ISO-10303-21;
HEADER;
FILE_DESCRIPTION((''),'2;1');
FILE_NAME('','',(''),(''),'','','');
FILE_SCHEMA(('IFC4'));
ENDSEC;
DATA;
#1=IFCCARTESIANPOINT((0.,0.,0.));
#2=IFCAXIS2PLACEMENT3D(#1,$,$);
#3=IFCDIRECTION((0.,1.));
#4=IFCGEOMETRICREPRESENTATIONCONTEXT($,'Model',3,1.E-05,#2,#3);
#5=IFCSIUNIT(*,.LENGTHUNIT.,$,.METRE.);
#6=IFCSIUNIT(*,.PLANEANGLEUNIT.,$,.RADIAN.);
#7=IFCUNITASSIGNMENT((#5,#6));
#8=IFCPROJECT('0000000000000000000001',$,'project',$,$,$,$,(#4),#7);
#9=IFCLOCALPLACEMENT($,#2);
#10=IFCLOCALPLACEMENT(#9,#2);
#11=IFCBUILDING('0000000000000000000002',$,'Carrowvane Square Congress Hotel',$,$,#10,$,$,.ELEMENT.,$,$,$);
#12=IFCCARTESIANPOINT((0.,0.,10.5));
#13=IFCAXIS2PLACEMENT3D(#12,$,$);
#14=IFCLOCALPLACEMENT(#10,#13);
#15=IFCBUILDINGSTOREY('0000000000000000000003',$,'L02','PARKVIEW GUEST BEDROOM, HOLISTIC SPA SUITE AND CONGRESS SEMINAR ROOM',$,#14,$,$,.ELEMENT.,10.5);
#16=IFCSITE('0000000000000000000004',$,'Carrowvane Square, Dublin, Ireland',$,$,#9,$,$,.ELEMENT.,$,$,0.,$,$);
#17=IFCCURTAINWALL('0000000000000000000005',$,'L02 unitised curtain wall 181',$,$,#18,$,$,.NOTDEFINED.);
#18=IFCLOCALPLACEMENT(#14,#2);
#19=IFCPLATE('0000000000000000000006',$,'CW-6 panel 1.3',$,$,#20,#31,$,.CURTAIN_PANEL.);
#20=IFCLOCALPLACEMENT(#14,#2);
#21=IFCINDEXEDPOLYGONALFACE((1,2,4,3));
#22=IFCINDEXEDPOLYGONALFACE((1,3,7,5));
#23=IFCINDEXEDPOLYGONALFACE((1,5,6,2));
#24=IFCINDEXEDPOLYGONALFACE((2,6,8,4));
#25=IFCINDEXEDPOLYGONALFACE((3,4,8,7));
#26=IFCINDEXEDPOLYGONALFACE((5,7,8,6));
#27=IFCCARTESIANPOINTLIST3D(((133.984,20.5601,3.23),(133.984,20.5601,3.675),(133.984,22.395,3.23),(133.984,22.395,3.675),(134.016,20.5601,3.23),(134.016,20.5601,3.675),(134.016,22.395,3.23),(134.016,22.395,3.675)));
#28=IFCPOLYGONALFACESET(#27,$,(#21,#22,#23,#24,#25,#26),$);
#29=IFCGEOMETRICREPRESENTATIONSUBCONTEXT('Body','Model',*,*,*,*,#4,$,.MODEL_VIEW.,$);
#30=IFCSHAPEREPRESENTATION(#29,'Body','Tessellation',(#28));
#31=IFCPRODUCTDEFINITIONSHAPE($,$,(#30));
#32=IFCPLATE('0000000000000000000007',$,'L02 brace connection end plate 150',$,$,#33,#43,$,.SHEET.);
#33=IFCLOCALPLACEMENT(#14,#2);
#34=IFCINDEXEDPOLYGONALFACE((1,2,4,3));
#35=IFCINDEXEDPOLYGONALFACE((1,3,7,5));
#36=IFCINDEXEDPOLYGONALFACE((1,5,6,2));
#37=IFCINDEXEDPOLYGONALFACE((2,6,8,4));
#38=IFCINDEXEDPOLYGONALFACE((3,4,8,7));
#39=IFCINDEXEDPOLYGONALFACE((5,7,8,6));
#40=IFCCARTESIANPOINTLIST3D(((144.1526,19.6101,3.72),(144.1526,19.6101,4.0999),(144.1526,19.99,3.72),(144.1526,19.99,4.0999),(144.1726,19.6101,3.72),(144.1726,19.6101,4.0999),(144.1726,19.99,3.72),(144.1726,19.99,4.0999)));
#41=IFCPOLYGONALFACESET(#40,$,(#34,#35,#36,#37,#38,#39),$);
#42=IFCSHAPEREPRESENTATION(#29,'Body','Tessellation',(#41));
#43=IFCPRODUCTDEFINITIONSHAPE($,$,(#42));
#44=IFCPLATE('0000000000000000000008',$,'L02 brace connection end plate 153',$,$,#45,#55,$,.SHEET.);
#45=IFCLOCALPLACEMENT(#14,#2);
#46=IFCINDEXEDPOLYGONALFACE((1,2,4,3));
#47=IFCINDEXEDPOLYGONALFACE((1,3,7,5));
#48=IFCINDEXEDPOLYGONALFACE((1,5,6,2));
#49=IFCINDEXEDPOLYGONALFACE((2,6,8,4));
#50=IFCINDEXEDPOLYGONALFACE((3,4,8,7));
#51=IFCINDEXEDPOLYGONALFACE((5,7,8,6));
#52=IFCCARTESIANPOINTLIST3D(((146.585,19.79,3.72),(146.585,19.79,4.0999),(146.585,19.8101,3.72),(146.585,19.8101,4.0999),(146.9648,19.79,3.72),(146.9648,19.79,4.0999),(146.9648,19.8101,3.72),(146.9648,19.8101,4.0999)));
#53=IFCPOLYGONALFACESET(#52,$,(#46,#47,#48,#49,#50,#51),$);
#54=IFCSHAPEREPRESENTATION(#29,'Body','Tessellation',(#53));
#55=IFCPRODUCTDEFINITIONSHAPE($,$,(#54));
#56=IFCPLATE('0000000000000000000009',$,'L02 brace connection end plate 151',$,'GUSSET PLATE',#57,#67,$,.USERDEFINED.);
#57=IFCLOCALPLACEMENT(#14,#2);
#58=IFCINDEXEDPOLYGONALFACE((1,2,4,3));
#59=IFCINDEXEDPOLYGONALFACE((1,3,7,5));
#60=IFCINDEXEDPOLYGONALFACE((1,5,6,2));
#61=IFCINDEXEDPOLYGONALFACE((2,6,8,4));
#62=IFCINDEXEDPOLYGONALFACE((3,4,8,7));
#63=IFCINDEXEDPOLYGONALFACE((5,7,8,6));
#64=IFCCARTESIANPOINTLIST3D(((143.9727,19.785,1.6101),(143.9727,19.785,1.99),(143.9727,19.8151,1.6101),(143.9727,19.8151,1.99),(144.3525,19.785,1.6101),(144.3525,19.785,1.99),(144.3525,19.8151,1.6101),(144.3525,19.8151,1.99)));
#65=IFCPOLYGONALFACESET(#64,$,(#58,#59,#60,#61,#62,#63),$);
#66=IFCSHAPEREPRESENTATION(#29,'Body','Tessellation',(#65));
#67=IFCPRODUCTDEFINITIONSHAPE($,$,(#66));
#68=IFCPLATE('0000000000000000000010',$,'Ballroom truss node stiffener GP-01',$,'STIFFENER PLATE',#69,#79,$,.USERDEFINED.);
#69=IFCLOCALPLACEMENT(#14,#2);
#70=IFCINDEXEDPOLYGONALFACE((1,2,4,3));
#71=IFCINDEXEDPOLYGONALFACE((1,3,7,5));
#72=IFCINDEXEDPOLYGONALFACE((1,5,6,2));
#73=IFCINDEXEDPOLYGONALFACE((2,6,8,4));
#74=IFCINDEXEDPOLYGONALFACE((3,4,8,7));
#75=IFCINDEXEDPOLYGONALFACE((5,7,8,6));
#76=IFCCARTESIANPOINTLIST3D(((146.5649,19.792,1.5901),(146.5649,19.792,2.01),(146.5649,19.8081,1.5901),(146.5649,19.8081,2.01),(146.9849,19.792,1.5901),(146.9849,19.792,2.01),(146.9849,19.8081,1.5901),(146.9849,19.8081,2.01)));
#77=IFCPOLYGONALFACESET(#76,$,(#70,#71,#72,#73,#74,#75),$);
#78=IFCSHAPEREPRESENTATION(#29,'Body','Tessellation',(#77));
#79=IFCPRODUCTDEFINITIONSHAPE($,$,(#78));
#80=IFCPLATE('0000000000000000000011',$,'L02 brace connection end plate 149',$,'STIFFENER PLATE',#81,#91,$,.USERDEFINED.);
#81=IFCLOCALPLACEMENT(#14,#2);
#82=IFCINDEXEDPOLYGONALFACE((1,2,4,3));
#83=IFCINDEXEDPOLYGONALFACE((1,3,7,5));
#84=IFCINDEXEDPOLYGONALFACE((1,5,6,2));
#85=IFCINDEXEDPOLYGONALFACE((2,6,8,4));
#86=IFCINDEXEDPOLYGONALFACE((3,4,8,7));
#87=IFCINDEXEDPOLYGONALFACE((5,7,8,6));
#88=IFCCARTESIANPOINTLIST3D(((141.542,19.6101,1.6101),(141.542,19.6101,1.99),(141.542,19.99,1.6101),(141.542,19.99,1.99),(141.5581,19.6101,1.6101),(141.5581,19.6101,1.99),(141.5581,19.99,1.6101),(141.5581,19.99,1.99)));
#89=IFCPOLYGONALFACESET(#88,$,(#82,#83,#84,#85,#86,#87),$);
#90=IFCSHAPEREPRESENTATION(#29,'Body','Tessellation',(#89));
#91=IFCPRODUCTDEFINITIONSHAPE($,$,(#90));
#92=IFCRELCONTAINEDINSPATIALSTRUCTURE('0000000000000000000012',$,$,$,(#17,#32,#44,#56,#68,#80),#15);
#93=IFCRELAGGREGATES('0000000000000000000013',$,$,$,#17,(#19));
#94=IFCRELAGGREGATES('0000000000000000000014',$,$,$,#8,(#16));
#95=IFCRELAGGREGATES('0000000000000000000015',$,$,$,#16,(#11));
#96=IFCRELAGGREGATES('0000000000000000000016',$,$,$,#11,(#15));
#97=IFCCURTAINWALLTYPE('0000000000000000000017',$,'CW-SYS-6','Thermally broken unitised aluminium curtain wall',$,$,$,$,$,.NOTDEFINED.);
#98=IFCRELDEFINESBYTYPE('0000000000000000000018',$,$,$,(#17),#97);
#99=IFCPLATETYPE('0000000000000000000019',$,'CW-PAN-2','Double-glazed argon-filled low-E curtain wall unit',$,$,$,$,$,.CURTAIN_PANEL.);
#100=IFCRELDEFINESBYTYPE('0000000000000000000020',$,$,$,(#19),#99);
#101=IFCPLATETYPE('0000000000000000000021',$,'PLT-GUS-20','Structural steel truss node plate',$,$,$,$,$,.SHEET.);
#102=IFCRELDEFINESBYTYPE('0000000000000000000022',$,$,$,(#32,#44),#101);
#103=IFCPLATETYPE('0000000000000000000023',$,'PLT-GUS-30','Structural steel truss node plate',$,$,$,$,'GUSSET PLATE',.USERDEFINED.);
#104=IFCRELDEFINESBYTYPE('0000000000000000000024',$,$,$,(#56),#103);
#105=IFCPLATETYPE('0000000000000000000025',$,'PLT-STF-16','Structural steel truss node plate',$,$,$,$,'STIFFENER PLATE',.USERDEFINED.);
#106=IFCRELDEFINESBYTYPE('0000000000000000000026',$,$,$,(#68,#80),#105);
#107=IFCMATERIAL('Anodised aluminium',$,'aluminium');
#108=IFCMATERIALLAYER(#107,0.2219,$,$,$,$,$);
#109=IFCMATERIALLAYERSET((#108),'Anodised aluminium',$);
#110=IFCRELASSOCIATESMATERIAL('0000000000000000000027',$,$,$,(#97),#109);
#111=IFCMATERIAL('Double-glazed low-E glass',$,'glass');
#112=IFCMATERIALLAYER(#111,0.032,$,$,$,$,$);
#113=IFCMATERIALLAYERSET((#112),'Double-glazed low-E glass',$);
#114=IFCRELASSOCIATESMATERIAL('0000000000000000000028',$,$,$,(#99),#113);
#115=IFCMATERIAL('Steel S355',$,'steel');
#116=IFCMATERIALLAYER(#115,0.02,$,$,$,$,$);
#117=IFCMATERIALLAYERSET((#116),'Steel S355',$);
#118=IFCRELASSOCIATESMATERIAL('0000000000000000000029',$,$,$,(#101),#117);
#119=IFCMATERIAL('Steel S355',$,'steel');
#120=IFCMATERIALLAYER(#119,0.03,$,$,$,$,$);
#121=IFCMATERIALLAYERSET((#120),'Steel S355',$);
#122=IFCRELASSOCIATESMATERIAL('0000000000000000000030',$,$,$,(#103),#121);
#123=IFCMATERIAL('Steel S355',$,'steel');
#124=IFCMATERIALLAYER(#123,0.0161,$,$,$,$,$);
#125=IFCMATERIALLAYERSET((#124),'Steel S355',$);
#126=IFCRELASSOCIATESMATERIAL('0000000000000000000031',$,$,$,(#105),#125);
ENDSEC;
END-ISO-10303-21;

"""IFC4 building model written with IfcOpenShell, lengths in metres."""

from ifc_helpers import new_model, si_unit, direction, frame, origin, origin_2d, place, context, subcontext, project, spatial, rectangle, extrude, material, layer, layer_set, type_object, element, aggregate, save


model = new_model("IFC4")

# Units and contexts
model_context = context("Model", 3, precision=1e-05, world=origin(), true_north=direction((0.0, 1.0)))
body_context = subcontext(model_context, "Body", "Model", "MODEL_VIEW")
ifc_project = project(units=[si_unit("LENGTHUNIT", "METRE"), si_unit("PLANEANGLEUNIT", "RADIAN")], contexts=[model_context])

# Site, building, storey
site_placement = place(None, origin())
site = spatial("IfcSite", under=ifc_project, at=site_placement, Name="Carrowvane Square, Dublin, Ireland", CompositionType="ELEMENT", RefElevation=0.0)
building_placement = place(site_placement, origin())
building = spatial("IfcBuilding", under=site, at=building_placement, Name="Carrowvane Square Congress Hotel", CompositionType="ELEMENT")
storey_placement = place(building_placement, frame((0.0, 0.0, 10.5)))
storey = spatial("IfcBuildingStorey", under=building, at=storey_placement, Name="L02", Description="PARKVIEW GUEST BEDROOM, HOLISTIC SPA SUITE AND CONGRESS SEMINAR ROOM", CompositionType="ELEMENT", Elevation=10.5)

# Curtain wall
ifc_material_1 = material(Name="Anodised aluminium", Category="aluminium")
ifc_layer_1 = layer(ifc_material_1, 0.2219)
ifc_layer_set_1 = layer_set([ifc_layer_1], Name="Anodised aluminium")
curtain_wall_type = type_object("IfcCurtainWallType", Name="CW-SYS-6", Description="Thermally broken unitised aluminium curtain wall", PredefinedType="NOTDEFINED", material=ifc_layer_set_1)
curtain_wall_placement = place(storey_placement, origin())
curtain_wall = element("IfcCurtainWall", 1, at=curtain_wall_placement, inside=storey, type_object=curtain_wall_type, Name="L02 unitised curtain wall 181", PredefinedType="NOTDEFINED")

# Plate
ifc_material_2 = material(Name="Double-glazed low-E glass", Category="glass")
ifc_layer_2 = layer(ifc_material_2, 0.032)
ifc_layer_set_2 = layer_set([ifc_layer_2], Name="Double-glazed low-E glass")
plate_type_1 = type_object("IfcPlateType", Name="CW-PAN-2", Description="Double-glazed argon-filled low-E curtain wall unit", PredefinedType="CURTAIN_PANEL", material=ifc_layer_set_2)
plate_1_placement = place(storey_placement, frame((134.0, 21.4775, 3.23), z_axis=(0.0, 0.0, 1.0), x_axis=(0.0, 1.0, 0.0)))
plate_1 = element("IfcPlate", 2, at=plate_1_placement, type_object=plate_type_1, Name="CW-6 panel 1.3", PredefinedType="CURTAIN_PANEL", context=body_context, shape_type="SweptSolid", body=[
    extrude(rectangle(XDim=1.835, YDim=0.032, at=origin_2d()), origin(), (0.0, 0.0, 1.0), 0.4451),
])
aggregate(curtain_wall, [plate_1])

# Plates
ifc_material_3 = material(Name="Steel S355", Category="steel")
ifc_layer_3 = layer(ifc_material_3, 0.02)
ifc_layer_set_3 = layer_set([ifc_layer_3], Name="Steel S355")
plate_type_2 = type_object("IfcPlateType", Name="PLT-GUS-20", Description="Structural steel truss node plate", PredefinedType="SHEET", material=ifc_layer_set_3)
plate_2_placement = place(storey_placement, frame((144.1626, 19.8, 3.72), z_axis=(0.0, 0.0, 1.0), x_axis=(1.0, 0.0, 0.0)))
element("IfcPlate", 3, at=plate_2_placement, inside=storey, type_object=plate_type_2, Name="L02 brace connection end plate 150", PredefinedType="SHEET", context=body_context, shape_type="SweptSolid", body=[
    extrude(rectangle(XDim=0.02, YDim=0.3799, at=origin_2d()), origin(), (0.0, 0.0, 1.0), 0.3799),
])
plate_3_placement = place(storey_placement, frame((146.7749, 19.8, 3.72), z_axis=(0.0, 0.0, 1.0), x_axis=(1.0, 0.0, 0.0)))
element("IfcPlate", 4, at=plate_3_placement, inside=storey, type_object=plate_type_2, Name="L02 brace connection end plate 153", PredefinedType="SHEET", context=body_context, shape_type="SweptSolid", body=[
    extrude(rectangle(XDim=0.3799, YDim=0.02, at=origin_2d()), origin(), (0.0, 0.0, 1.0), 0.3799),
])
ifc_material_4 = material(Name="Steel S355", Category="steel")
ifc_layer_4 = layer(ifc_material_4, 0.03)
ifc_layer_set_4 = layer_set([ifc_layer_4], Name="Steel S355")
plate_type_3 = type_object("IfcPlateType", Name="PLT-GUS-30", Description="Structural steel truss node plate", ElementType="GUSSET PLATE", PredefinedType="USERDEFINED", material=ifc_layer_set_4)
plate_4_placement = place(storey_placement, frame((144.1626, 19.8, 1.6101), z_axis=(0.0, 0.0, 1.0), x_axis=(1.0, 0.0, 0.0)))
element("IfcPlate", 5, at=plate_4_placement, inside=storey, type_object=plate_type_3, Name="L02 brace connection end plate 151", ObjectType="GUSSET PLATE", PredefinedType="USERDEFINED", context=body_context, shape_type="SweptSolid", body=[
    extrude(rectangle(XDim=0.3799, YDim=0.03, at=origin_2d()), origin(), (0.0, 0.0, 1.0), 0.3799),
])
ifc_material_5 = material(Name="Steel S355", Category="steel")
ifc_layer_5 = layer(ifc_material_5, 0.0161)
ifc_layer_set_5 = layer_set([ifc_layer_5], Name="Steel S355")
plate_type_4 = type_object("IfcPlateType", Name="PLT-STF-16", Description="Structural steel truss node plate", ElementType="STIFFENER PLATE", PredefinedType="USERDEFINED", material=ifc_layer_set_5)
plate_5_placement = place(storey_placement, frame((146.7749, 19.8, 1.5901), z_axis=(0.0, 0.0, 1.0), x_axis=(1.0, 0.0, 0.0)))
element("IfcPlate", 6, at=plate_5_placement, inside=storey, type_object=plate_type_4, Name="Ballroom truss node stiffener GP-01", ObjectType="STIFFENER PLATE", PredefinedType="USERDEFINED", context=body_context, shape_type="SweptSolid", body=[
    extrude(rectangle(XDim=0.4199, YDim=0.0161, at=origin_2d()), origin(), (0.0, 0.0, 1.0), 0.4199),
])
plate_6_placement = place(storey_placement, frame((141.55, 19.8, 1.6101), z_axis=(0.0, 0.0, 1.0), x_axis=(1.0, 0.0, 0.0)))
element("IfcPlate", 7, at=plate_6_placement, inside=storey, type_object=plate_type_4, Name="L02 brace connection end plate 149", ObjectType="STIFFENER PLATE", PredefinedType="USERDEFINED", context=body_context, shape_type="SweptSolid", body=[
    extrude(rectangle(XDim=0.0161, YDim=0.3799, at=origin_2d()), origin(), (0.0, 0.0, 1.0), 0.3799),
])

save(model, "model.ifc")
